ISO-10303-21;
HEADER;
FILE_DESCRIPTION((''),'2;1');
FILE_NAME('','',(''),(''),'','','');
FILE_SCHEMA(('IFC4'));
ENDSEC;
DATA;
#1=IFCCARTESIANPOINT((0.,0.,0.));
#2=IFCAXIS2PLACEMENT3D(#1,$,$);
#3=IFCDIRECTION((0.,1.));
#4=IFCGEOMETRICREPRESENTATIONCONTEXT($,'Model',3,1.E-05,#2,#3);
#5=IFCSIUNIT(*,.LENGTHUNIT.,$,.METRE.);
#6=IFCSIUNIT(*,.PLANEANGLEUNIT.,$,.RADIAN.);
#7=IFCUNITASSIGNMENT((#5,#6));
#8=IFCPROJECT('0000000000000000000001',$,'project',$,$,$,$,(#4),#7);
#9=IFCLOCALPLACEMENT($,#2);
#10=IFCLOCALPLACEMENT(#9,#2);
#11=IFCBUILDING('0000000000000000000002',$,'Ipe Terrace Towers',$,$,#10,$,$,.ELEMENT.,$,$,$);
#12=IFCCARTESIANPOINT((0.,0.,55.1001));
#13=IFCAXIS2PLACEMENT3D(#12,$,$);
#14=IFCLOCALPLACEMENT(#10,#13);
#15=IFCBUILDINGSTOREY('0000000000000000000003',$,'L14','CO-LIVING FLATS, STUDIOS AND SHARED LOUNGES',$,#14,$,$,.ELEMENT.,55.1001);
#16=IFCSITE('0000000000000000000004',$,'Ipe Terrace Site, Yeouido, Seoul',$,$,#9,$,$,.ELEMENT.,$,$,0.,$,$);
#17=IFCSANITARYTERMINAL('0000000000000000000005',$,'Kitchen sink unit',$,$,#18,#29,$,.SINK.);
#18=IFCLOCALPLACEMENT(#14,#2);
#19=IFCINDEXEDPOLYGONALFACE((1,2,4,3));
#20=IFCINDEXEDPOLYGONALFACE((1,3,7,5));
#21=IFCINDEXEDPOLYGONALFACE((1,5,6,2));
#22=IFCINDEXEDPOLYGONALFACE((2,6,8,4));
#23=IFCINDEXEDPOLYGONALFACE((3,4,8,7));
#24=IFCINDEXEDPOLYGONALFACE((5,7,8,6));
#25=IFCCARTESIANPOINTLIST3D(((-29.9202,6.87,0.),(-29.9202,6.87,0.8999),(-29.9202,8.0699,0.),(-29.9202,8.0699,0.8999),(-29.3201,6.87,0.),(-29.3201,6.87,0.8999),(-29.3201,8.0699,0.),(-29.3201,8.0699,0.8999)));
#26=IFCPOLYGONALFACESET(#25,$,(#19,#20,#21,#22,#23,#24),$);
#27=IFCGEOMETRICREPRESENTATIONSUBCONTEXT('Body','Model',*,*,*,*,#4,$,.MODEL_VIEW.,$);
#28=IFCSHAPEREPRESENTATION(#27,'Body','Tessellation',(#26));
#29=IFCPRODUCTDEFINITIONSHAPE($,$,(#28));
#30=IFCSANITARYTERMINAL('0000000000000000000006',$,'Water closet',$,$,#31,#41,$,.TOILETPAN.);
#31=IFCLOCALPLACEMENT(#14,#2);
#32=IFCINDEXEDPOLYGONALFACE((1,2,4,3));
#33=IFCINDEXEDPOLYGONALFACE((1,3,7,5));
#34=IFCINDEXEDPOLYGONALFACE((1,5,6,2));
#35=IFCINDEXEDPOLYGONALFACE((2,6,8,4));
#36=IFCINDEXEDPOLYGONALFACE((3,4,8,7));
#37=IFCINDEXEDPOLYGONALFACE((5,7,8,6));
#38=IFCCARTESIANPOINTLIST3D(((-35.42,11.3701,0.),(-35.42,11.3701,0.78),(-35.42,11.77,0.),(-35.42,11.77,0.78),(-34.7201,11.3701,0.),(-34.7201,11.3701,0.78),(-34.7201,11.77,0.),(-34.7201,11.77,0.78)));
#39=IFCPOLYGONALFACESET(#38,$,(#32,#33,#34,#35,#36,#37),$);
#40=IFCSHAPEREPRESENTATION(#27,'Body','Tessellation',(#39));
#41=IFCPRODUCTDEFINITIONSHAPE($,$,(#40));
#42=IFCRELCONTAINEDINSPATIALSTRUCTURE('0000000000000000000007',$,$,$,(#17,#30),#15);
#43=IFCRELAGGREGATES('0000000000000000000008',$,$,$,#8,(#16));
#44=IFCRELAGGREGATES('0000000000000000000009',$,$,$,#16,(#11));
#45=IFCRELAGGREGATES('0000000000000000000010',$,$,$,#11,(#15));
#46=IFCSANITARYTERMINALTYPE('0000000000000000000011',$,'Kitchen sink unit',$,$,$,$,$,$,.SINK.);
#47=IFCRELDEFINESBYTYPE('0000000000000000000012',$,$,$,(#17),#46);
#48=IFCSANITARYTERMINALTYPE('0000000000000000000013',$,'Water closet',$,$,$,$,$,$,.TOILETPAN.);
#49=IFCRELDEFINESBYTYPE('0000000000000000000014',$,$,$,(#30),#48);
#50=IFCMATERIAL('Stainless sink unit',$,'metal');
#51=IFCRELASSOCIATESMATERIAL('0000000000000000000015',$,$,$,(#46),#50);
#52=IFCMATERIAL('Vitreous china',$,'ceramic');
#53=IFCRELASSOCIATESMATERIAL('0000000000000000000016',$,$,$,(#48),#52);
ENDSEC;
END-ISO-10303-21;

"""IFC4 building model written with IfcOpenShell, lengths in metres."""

from ifc_helpers import new_model, si_unit, direction, frame, origin, origin_2d, place, context, subcontext, project, spatial, rectangle, extrude, material, type_object, element, save


model = new_model("IFC4")

# Units and contexts
model_context = context("Model", 3, precision=1e-05, world=origin(), true_north=direction((0.0, 1.0)))
body_context = subcontext(model_context, "Body", "Model", "MODEL_VIEW")
ifc_project = project(units=[si_unit("LENGTHUNIT", "METRE"), si_unit("PLANEANGLEUNIT", "RADIAN")], contexts=[model_context])

# Site, building, storey
site_placement = place(None, origin())
site = spatial("IfcSite", under=ifc_project, at=site_placement, Name="Ipe Terrace Site, Yeouido, Seoul", CompositionType="ELEMENT", RefElevation=0.0)
building_placement = place(site_placement, origin())
building = spatial("IfcBuilding", under=site, at=building_placement, Name="Ipe Terrace Towers", CompositionType="ELEMENT")
storey_placement = place(building_placement, frame((0.0, 0.0, 55.1001)))
storey = spatial("IfcBuildingStorey", under=building, at=storey_placement, Name="L14", Description="CO-LIVING FLATS, STUDIOS AND SHARED LOUNGES", CompositionType="ELEMENT", Elevation=55.1001)

# Sanitary terminals
ifc_material_1 = material(Name="Stainless sink unit", Category="metal")
sanitary_terminal_type_1 = type_object("IfcSanitaryTerminalType", Name="Kitchen sink unit", PredefinedType="SINK", material=ifc_material_1)
sanitary_terminal_1_placement = place(storey_placement, frame((-29.6201, 7.47, 0.0), z_axis=(0.0, 0.0, 1.0), x_axis=(0.0, -1.0, 0.0)))
element("IfcSanitaryTerminal", 1, at=sanitary_terminal_1_placement, inside=storey, type_object=sanitary_terminal_type_1, Name="Kitchen sink unit", PredefinedType="SINK", context=body_context, shape_type="SweptSolid", body=[
    extrude(rectangle(XDim=1.2, YDim=0.6001, at=origin_2d()), origin(), (0.0, 0.0, 1.0), 0.8999),
])
ifc_material_2 = material(Name="Vitreous china", Category="ceramic")
sanitary_terminal_type_2 = type_object("IfcSanitaryTerminalType", Name="Water closet", PredefinedType="TOILETPAN", material=ifc_material_2)
sanitary_terminal_2_placement = place(storey_placement, frame((-35.0701, 11.5701, 0.0), z_axis=(0.0, 0.0, 1.0), x_axis=(-1.0, 0.0, 0.0)))
element("IfcSanitaryTerminal", 2, at=sanitary_terminal_2_placement, inside=storey, type_object=sanitary_terminal_type_2, Name="Water closet", PredefinedType="TOILETPAN", context=body_context, shape_type="SweptSolid", body=[
    extrude(rectangle(XDim=0.7, YDim=0.3999, at=origin_2d()), origin(), (0.0, 0.0, 1.0), 0.78),
])

save(model, "model.ifc")
